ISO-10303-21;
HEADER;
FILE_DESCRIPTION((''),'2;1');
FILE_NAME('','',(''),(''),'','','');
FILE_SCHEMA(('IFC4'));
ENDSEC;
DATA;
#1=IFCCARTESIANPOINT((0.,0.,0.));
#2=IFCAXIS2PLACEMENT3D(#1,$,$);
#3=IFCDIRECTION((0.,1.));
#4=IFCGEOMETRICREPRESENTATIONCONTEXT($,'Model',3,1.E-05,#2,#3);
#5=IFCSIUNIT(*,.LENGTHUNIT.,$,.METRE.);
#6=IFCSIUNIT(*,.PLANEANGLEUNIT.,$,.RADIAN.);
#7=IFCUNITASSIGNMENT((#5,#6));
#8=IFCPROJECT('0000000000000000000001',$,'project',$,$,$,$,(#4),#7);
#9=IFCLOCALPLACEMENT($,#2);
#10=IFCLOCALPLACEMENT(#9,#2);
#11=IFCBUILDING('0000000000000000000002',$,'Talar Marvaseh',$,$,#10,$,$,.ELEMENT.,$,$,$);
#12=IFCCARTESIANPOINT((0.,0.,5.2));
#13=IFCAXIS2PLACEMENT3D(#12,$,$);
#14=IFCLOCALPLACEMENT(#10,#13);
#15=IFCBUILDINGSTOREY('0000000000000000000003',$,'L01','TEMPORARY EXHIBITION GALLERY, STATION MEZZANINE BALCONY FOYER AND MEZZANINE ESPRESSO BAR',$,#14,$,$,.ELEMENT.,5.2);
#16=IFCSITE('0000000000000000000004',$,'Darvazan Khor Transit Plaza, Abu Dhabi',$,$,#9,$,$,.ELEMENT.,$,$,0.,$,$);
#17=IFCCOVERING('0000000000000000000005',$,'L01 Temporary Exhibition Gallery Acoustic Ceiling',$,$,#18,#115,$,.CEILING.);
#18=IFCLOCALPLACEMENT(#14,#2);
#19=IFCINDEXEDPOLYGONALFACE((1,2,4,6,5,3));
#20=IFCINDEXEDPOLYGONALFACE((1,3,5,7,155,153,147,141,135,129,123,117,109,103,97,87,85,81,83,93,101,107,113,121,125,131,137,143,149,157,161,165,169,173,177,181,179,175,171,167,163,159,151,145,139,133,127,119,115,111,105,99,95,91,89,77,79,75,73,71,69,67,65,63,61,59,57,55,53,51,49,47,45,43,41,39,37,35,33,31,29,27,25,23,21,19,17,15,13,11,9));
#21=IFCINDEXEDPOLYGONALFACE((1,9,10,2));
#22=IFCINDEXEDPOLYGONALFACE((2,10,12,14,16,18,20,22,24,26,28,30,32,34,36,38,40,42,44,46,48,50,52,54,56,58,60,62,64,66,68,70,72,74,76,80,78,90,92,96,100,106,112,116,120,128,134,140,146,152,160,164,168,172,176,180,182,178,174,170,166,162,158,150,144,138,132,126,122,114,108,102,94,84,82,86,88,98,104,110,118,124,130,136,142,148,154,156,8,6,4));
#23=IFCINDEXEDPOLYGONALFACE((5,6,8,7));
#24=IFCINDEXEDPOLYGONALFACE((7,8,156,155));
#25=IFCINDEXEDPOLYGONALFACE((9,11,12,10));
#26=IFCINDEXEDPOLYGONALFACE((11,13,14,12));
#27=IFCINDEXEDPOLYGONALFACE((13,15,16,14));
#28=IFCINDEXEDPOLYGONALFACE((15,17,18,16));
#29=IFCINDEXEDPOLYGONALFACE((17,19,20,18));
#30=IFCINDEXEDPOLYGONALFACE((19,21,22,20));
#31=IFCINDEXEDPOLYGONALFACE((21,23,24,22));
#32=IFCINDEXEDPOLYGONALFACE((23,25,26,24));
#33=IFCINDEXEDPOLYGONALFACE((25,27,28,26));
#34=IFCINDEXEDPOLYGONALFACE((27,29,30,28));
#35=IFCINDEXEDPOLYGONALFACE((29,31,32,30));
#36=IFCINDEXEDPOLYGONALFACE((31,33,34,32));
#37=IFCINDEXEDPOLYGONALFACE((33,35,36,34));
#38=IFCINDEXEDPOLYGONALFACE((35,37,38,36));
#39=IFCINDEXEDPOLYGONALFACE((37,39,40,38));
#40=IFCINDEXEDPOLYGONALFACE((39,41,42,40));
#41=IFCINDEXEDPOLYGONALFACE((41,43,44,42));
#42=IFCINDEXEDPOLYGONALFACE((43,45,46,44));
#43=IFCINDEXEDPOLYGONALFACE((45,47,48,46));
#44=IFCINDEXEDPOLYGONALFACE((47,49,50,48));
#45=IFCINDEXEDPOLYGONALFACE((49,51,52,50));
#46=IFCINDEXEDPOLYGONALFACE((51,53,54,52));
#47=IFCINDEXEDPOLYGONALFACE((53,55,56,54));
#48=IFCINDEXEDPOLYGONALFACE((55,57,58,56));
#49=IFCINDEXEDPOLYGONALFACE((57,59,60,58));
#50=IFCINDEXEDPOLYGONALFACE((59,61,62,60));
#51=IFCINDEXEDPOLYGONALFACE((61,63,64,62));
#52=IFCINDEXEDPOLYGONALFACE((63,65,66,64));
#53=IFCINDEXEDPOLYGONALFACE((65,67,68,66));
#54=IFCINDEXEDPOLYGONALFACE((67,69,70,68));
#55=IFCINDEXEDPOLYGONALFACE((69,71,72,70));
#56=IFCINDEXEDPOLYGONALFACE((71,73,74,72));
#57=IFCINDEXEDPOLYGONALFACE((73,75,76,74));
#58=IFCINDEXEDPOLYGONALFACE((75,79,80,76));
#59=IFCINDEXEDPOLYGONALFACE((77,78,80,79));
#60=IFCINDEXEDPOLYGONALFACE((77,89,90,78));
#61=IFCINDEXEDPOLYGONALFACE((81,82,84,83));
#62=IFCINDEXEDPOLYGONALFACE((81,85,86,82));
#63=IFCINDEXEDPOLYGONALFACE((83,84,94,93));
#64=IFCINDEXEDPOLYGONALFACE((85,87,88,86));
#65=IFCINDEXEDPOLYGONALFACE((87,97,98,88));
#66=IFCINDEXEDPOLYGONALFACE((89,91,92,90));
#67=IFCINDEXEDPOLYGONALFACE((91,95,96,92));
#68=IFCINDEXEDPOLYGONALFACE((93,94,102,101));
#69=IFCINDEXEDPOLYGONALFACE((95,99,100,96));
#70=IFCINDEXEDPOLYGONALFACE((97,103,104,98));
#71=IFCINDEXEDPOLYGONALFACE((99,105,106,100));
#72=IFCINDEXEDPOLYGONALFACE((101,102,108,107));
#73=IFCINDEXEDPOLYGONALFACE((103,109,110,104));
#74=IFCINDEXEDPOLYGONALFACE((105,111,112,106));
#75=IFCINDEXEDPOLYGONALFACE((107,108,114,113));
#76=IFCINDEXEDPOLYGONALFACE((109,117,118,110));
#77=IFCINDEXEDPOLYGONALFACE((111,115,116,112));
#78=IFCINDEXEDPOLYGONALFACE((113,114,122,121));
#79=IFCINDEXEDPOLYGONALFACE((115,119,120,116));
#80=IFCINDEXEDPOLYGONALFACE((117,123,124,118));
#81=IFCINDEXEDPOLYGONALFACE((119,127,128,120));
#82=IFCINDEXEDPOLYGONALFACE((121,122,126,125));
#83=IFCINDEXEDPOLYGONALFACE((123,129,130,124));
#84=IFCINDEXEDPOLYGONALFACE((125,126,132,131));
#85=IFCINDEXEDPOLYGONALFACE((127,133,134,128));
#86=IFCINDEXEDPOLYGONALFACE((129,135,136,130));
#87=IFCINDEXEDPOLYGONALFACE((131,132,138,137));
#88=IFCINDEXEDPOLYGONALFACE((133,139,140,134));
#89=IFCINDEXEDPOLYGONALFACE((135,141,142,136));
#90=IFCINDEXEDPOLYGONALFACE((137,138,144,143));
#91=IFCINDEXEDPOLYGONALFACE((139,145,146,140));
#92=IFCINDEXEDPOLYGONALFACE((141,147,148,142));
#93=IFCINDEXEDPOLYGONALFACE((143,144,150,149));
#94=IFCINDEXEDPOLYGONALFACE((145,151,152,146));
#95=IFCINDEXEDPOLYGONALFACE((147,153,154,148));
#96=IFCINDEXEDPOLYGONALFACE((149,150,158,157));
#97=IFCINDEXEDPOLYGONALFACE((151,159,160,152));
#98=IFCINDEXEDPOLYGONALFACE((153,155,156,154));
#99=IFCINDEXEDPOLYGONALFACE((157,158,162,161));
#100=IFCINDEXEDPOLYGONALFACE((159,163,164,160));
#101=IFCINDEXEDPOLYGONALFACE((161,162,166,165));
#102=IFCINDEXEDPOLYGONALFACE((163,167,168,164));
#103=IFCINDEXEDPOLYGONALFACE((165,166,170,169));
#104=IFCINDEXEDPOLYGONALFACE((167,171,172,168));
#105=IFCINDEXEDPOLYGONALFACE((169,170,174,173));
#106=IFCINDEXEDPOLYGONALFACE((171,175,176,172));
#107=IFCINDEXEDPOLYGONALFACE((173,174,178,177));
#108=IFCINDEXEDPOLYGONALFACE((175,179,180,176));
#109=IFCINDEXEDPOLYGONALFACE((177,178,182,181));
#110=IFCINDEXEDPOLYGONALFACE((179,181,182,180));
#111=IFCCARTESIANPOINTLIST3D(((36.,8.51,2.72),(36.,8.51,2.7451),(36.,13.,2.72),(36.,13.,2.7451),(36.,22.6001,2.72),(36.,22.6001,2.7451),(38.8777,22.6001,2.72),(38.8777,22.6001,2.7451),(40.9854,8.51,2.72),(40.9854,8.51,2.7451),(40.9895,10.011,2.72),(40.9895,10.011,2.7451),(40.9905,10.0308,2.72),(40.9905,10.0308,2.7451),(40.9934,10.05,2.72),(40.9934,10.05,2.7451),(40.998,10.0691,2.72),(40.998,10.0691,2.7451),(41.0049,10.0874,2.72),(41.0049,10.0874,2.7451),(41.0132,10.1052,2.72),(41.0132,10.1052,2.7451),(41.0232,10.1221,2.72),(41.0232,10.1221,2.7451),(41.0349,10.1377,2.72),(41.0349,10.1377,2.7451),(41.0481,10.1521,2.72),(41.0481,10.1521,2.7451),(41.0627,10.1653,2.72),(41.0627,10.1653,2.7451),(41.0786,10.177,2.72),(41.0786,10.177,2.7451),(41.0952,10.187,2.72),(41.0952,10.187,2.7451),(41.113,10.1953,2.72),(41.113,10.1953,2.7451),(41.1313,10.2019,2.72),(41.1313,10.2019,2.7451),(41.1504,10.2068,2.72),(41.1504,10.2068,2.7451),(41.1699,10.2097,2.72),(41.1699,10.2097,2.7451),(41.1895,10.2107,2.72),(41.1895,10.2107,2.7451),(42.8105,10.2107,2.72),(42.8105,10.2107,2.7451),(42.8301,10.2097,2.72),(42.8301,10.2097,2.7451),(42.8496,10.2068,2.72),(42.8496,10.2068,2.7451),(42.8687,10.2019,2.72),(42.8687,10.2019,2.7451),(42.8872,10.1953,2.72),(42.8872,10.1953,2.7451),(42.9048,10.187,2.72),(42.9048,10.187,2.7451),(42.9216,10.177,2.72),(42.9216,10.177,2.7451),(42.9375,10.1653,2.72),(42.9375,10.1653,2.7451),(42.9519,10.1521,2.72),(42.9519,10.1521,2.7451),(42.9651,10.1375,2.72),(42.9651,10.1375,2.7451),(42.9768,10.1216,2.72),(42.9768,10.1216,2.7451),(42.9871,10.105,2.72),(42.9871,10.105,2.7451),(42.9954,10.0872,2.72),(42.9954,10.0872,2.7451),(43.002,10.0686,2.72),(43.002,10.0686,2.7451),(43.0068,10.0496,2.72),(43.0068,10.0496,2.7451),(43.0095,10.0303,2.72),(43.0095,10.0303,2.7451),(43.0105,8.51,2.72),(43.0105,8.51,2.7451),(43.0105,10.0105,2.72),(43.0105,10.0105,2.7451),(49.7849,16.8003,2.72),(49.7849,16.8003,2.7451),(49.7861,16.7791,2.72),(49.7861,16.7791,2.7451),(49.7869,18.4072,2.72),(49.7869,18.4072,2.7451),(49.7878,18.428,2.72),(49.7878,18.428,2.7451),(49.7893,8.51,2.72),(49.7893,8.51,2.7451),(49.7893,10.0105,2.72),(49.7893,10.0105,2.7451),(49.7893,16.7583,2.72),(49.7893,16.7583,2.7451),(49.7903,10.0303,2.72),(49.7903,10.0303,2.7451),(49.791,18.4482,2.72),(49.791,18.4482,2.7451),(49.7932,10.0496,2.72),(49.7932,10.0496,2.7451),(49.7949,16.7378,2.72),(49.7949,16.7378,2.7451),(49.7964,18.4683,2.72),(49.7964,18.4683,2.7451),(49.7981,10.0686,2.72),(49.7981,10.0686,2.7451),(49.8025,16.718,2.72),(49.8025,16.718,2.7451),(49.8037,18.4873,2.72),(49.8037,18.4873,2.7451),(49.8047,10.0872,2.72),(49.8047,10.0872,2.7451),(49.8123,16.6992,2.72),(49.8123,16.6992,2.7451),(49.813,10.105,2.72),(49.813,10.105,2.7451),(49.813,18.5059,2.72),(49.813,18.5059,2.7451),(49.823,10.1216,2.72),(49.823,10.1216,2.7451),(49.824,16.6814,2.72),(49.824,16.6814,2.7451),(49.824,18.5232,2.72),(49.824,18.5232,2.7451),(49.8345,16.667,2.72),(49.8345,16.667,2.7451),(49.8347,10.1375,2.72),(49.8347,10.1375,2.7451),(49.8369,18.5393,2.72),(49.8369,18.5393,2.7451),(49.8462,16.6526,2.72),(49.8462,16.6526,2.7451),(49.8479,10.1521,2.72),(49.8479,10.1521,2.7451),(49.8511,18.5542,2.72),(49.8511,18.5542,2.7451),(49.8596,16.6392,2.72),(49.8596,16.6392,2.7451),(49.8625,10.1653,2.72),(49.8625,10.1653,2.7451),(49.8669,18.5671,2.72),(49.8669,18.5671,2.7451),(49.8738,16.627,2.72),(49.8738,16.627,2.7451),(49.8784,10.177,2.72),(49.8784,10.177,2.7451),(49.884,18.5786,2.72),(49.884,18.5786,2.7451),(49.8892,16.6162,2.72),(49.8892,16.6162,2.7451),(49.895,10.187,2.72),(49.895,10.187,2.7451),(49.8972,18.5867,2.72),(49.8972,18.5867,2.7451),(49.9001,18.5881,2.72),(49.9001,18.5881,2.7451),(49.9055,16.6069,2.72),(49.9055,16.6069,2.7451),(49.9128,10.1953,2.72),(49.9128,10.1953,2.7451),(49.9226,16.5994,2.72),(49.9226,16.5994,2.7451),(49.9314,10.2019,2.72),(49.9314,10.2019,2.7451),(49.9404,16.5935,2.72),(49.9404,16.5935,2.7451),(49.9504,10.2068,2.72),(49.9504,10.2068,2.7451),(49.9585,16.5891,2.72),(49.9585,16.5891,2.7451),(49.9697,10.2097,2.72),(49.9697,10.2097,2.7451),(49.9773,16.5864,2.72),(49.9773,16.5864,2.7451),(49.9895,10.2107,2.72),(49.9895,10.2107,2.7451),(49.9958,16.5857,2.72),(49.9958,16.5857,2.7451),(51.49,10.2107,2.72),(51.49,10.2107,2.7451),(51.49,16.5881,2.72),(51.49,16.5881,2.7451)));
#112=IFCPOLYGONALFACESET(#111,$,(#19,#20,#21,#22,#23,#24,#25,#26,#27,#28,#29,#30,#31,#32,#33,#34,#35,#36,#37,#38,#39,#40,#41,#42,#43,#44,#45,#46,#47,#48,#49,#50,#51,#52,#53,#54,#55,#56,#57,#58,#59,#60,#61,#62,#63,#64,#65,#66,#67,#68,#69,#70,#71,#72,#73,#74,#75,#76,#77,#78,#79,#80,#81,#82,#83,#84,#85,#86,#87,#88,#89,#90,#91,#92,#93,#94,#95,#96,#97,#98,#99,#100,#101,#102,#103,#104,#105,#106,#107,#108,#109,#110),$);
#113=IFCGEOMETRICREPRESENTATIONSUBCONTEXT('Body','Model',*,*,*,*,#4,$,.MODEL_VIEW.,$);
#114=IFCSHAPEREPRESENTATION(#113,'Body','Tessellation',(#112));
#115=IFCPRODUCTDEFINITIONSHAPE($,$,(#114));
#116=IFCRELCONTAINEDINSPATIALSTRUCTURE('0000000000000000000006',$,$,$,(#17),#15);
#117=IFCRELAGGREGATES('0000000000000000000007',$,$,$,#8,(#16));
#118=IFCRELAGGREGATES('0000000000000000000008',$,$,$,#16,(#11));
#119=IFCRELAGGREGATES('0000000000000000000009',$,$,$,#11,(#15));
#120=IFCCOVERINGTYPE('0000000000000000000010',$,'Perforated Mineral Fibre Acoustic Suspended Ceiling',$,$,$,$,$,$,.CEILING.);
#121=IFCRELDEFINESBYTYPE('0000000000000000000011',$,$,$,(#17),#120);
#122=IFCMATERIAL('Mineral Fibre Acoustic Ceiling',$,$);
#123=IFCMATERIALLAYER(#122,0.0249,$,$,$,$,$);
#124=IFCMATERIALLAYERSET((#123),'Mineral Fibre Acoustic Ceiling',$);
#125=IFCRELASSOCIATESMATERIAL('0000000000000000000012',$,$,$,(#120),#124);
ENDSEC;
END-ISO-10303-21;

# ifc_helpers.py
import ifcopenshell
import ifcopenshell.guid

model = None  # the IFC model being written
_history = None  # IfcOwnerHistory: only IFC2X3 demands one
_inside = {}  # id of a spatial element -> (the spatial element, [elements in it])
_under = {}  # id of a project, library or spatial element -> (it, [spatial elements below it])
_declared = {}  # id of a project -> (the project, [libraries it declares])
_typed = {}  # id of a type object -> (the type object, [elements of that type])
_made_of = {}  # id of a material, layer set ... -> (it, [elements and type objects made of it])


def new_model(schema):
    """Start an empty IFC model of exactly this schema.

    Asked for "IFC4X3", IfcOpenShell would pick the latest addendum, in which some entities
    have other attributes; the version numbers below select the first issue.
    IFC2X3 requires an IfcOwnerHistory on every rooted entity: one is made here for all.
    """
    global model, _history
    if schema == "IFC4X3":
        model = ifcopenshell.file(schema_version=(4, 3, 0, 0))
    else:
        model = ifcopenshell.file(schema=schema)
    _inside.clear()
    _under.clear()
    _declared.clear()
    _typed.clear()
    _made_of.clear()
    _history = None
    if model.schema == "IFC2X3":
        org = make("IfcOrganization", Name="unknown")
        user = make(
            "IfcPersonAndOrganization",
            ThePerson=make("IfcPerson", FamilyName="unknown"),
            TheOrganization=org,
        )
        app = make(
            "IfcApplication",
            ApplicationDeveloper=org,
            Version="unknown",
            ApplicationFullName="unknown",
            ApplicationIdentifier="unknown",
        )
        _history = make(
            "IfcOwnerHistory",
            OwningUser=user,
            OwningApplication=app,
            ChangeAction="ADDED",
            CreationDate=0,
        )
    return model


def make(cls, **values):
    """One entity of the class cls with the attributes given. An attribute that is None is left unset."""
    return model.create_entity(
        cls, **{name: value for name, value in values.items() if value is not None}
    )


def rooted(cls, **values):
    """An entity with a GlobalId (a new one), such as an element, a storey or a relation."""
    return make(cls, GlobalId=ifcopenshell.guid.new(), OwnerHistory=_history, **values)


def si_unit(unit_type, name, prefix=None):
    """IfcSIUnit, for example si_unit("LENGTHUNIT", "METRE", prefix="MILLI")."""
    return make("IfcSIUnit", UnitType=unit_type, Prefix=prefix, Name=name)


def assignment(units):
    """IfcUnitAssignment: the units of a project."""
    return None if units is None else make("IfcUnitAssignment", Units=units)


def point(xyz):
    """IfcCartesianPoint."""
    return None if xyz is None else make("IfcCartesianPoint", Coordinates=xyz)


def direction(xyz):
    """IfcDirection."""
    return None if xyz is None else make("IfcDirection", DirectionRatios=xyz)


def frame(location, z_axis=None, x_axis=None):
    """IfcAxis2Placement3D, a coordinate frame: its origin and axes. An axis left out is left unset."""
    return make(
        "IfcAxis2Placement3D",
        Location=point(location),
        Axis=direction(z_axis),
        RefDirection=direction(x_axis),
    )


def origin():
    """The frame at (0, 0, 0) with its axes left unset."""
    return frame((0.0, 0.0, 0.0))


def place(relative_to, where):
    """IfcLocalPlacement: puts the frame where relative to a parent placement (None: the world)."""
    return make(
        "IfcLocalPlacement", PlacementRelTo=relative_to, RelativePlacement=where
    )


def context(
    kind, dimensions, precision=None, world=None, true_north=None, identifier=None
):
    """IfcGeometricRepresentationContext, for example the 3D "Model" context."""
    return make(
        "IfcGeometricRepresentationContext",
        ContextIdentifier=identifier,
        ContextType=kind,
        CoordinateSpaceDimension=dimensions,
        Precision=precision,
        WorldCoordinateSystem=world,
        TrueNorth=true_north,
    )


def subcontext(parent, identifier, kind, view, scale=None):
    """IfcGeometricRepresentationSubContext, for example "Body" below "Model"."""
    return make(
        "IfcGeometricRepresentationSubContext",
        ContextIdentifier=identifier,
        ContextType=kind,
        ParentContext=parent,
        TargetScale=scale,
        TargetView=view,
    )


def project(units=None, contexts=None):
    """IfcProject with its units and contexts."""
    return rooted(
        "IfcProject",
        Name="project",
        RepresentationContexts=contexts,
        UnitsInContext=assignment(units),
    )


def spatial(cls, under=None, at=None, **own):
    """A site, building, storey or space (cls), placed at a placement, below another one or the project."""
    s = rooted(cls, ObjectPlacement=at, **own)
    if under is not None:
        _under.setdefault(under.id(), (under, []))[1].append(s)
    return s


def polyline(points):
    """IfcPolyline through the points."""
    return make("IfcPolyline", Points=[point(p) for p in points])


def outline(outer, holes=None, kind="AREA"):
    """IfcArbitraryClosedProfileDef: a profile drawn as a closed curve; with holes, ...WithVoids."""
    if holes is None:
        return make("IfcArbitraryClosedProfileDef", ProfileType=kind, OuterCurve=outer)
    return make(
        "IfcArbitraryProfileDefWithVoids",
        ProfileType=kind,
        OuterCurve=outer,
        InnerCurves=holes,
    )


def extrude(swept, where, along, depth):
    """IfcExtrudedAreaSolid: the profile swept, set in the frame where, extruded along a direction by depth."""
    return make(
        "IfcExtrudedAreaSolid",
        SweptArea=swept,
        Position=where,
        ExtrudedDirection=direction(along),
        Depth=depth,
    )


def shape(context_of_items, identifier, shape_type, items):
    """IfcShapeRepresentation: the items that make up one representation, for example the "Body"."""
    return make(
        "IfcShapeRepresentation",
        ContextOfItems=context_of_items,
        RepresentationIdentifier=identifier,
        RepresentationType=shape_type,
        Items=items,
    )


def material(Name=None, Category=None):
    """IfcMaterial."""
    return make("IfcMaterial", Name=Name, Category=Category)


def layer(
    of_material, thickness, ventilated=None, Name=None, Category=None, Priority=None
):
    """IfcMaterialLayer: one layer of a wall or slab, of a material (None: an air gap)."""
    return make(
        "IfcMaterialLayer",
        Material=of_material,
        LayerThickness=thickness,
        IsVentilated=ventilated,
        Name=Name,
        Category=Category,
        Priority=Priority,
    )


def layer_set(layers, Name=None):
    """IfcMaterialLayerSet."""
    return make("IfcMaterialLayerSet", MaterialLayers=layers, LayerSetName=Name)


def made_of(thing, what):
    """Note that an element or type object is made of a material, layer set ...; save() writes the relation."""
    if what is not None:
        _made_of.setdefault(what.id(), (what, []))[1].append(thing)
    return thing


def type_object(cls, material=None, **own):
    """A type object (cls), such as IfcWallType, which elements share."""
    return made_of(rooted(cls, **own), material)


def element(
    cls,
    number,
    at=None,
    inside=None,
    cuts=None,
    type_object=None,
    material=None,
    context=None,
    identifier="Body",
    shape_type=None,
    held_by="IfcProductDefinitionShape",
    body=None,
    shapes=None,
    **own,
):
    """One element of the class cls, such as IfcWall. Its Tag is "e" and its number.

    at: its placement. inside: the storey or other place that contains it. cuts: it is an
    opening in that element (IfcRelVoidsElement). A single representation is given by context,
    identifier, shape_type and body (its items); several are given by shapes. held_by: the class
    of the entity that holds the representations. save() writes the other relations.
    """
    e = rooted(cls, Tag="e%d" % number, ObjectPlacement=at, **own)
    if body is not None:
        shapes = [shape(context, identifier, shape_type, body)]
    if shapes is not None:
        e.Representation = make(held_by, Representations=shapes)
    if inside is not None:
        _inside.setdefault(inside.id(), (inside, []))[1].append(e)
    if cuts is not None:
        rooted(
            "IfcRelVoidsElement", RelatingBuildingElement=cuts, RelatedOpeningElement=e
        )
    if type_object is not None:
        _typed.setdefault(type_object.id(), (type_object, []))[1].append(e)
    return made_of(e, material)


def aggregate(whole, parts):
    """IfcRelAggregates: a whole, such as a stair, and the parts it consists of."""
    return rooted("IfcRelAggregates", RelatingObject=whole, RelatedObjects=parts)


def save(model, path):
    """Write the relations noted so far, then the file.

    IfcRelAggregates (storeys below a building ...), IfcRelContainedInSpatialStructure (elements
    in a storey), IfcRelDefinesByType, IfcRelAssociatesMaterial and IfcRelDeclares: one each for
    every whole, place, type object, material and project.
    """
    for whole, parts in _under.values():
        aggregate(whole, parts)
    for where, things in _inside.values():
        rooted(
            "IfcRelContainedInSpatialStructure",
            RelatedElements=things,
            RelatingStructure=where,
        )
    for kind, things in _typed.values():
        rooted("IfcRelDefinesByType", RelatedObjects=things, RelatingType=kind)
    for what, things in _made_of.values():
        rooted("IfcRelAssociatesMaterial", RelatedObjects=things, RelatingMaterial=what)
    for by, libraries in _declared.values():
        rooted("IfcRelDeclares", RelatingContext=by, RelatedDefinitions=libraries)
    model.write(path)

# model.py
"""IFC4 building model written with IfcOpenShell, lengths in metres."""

from ifc_helpers import new_model, si_unit, direction, frame, origin, place, context, subcontext, project, spatial, polyline, outline, extrude, material, layer, layer_set, type_object, element, save


model = new_model("IFC4")

# Units and contexts
model_context = context("Model", 3, precision=1e-05, world=origin(), true_north=direction((0.0, 1.0)))
body_context = subcontext(model_context, "Body", "Model", "MODEL_VIEW")
ifc_project = project(units=[si_unit("LENGTHUNIT", "METRE"), si_unit("PLANEANGLEUNIT", "RADIAN")], contexts=[model_context])

# Site, building, storey
site_placement = place(None, origin())
site = spatial("IfcSite", under=ifc_project, at=site_placement, Name="Darvazan Khor Transit Plaza, Abu Dhabi", CompositionType="ELEMENT", RefElevation=0.0)
building_placement = place(site_placement, origin())
building = spatial("IfcBuilding", under=site, at=building_placement, Name="Talar Marvaseh", CompositionType="ELEMENT")
storey_placement = place(building_placement, frame((0.0, 0.0, 5.2)))
storey = spatial("IfcBuildingStorey", under=building, at=storey_placement, Name="L01", Description="TEMPORARY EXHIBITION GALLERY, STATION MEZZANINE BALCONY FOYER AND MEZZANINE ESPRESSO BAR", CompositionType="ELEMENT", Elevation=5.2)

# Covering
ifc_material_1 = material(Name="Mineral Fibre Acoustic Ceiling")
ifc_layer_1 = layer(ifc_material_1, 0.0249)
ifc_layer_set_1 = layer_set([ifc_layer_1], Name="Mineral Fibre Acoustic Ceiling")
covering_type_1 = type_object("IfcCoveringType", Name="Perforated Mineral Fibre Acoustic Suspended Ceiling", PredefinedType="CEILING", material=ifc_layer_set_1)
covering_1_placement = place(storey_placement, frame((0.0, 0.0, 2.72)))
element("IfcCovering", 1, at=covering_1_placement, inside=storey, type_object=covering_type_1, Name="L01 Temporary Exhibition Gallery Acoustic Ceiling", PredefinedType="CEILING", context=body_context, shape_type="SweptSolid", body=[
    extrude(outline(polyline([(38.8777, 22.6001), (49.9001, 18.5881), (49.8972, 18.5867), (49.884, 18.5786), (49.8669, 18.5671), (49.8511, 18.5542), (49.8369, 18.5393), (49.824, 18.5232), (49.813, 18.5059), (49.8037, 18.4873), (49.7964, 18.4683), (49.791, 18.4482), (49.7878, 18.428), (49.7869, 18.4072), (49.7849, 16.8003), (49.7861, 16.7791), (49.7893, 16.7583), (49.7949, 16.7378), (49.8025, 16.718), (49.8123, 16.6992), (49.824, 16.6814), (49.8345, 16.667), (49.8462, 16.6526), (49.8596, 16.6392), (49.8738, 16.627), (49.8892, 16.6162), (49.9055, 16.6069), (49.9226, 16.5994), (49.9404, 16.5935), (49.9585, 16.5891), (49.9773, 16.5864), (49.9958, 16.5857), (51.49, 16.5881), (51.49, 10.2107), (49.9895, 10.2107), (49.9697, 10.2097), (49.9504, 10.2068), (49.9314, 10.2019), (49.9128, 10.1953), (49.895, 10.187), (49.8784, 10.177), (49.8625, 10.1653), (49.8479, 10.1521), (49.8347, 10.1375), (49.823, 10.1216), (49.813, 10.105), (49.8047, 10.0872), (49.7981, 10.0686), (49.7932, 10.0496), (49.7903, 10.0303), (49.7893, 10.0105), (49.7893, 8.51), (43.0105, 8.51), (43.0105, 10.0105), (43.0095, 10.0303), (43.0068, 10.0496), (43.002, 10.0686), (42.9954, 10.0872), (42.9871, 10.105), (42.9768, 10.1216), (42.9651, 10.1375), (42.9519, 10.1521), (42.9375, 10.1653), (42.9216, 10.177), (42.9048, 10.187), (42.8872, 10.1953), (42.8687, 10.2019), (42.8496, 10.2068), (42.8301, 10.2097), (42.8105, 10.2107), (41.1895, 10.2107), (41.1699, 10.2097), (41.1504, 10.2068), (41.1313, 10.2019), (41.113, 10.1953), (41.0952, 10.187), (41.0786, 10.177), (41.0627, 10.1653), (41.0481, 10.1521), (41.0349, 10.1377), (41.0232, 10.1221), (41.0132, 10.1052), (41.0049, 10.0874), (40.998, 10.0691), (40.9934, 10.05), (40.9905, 10.0308), (40.9895, 10.011), (40.9854, 8.51), (36.0, 8.51), (36.0, 13.0), (36.0, 22.6001), (38.8777, 22.6001)])), origin(), (0.0, 0.0, 1.0), 0.0251),
])

save(model, "model.ifc")
